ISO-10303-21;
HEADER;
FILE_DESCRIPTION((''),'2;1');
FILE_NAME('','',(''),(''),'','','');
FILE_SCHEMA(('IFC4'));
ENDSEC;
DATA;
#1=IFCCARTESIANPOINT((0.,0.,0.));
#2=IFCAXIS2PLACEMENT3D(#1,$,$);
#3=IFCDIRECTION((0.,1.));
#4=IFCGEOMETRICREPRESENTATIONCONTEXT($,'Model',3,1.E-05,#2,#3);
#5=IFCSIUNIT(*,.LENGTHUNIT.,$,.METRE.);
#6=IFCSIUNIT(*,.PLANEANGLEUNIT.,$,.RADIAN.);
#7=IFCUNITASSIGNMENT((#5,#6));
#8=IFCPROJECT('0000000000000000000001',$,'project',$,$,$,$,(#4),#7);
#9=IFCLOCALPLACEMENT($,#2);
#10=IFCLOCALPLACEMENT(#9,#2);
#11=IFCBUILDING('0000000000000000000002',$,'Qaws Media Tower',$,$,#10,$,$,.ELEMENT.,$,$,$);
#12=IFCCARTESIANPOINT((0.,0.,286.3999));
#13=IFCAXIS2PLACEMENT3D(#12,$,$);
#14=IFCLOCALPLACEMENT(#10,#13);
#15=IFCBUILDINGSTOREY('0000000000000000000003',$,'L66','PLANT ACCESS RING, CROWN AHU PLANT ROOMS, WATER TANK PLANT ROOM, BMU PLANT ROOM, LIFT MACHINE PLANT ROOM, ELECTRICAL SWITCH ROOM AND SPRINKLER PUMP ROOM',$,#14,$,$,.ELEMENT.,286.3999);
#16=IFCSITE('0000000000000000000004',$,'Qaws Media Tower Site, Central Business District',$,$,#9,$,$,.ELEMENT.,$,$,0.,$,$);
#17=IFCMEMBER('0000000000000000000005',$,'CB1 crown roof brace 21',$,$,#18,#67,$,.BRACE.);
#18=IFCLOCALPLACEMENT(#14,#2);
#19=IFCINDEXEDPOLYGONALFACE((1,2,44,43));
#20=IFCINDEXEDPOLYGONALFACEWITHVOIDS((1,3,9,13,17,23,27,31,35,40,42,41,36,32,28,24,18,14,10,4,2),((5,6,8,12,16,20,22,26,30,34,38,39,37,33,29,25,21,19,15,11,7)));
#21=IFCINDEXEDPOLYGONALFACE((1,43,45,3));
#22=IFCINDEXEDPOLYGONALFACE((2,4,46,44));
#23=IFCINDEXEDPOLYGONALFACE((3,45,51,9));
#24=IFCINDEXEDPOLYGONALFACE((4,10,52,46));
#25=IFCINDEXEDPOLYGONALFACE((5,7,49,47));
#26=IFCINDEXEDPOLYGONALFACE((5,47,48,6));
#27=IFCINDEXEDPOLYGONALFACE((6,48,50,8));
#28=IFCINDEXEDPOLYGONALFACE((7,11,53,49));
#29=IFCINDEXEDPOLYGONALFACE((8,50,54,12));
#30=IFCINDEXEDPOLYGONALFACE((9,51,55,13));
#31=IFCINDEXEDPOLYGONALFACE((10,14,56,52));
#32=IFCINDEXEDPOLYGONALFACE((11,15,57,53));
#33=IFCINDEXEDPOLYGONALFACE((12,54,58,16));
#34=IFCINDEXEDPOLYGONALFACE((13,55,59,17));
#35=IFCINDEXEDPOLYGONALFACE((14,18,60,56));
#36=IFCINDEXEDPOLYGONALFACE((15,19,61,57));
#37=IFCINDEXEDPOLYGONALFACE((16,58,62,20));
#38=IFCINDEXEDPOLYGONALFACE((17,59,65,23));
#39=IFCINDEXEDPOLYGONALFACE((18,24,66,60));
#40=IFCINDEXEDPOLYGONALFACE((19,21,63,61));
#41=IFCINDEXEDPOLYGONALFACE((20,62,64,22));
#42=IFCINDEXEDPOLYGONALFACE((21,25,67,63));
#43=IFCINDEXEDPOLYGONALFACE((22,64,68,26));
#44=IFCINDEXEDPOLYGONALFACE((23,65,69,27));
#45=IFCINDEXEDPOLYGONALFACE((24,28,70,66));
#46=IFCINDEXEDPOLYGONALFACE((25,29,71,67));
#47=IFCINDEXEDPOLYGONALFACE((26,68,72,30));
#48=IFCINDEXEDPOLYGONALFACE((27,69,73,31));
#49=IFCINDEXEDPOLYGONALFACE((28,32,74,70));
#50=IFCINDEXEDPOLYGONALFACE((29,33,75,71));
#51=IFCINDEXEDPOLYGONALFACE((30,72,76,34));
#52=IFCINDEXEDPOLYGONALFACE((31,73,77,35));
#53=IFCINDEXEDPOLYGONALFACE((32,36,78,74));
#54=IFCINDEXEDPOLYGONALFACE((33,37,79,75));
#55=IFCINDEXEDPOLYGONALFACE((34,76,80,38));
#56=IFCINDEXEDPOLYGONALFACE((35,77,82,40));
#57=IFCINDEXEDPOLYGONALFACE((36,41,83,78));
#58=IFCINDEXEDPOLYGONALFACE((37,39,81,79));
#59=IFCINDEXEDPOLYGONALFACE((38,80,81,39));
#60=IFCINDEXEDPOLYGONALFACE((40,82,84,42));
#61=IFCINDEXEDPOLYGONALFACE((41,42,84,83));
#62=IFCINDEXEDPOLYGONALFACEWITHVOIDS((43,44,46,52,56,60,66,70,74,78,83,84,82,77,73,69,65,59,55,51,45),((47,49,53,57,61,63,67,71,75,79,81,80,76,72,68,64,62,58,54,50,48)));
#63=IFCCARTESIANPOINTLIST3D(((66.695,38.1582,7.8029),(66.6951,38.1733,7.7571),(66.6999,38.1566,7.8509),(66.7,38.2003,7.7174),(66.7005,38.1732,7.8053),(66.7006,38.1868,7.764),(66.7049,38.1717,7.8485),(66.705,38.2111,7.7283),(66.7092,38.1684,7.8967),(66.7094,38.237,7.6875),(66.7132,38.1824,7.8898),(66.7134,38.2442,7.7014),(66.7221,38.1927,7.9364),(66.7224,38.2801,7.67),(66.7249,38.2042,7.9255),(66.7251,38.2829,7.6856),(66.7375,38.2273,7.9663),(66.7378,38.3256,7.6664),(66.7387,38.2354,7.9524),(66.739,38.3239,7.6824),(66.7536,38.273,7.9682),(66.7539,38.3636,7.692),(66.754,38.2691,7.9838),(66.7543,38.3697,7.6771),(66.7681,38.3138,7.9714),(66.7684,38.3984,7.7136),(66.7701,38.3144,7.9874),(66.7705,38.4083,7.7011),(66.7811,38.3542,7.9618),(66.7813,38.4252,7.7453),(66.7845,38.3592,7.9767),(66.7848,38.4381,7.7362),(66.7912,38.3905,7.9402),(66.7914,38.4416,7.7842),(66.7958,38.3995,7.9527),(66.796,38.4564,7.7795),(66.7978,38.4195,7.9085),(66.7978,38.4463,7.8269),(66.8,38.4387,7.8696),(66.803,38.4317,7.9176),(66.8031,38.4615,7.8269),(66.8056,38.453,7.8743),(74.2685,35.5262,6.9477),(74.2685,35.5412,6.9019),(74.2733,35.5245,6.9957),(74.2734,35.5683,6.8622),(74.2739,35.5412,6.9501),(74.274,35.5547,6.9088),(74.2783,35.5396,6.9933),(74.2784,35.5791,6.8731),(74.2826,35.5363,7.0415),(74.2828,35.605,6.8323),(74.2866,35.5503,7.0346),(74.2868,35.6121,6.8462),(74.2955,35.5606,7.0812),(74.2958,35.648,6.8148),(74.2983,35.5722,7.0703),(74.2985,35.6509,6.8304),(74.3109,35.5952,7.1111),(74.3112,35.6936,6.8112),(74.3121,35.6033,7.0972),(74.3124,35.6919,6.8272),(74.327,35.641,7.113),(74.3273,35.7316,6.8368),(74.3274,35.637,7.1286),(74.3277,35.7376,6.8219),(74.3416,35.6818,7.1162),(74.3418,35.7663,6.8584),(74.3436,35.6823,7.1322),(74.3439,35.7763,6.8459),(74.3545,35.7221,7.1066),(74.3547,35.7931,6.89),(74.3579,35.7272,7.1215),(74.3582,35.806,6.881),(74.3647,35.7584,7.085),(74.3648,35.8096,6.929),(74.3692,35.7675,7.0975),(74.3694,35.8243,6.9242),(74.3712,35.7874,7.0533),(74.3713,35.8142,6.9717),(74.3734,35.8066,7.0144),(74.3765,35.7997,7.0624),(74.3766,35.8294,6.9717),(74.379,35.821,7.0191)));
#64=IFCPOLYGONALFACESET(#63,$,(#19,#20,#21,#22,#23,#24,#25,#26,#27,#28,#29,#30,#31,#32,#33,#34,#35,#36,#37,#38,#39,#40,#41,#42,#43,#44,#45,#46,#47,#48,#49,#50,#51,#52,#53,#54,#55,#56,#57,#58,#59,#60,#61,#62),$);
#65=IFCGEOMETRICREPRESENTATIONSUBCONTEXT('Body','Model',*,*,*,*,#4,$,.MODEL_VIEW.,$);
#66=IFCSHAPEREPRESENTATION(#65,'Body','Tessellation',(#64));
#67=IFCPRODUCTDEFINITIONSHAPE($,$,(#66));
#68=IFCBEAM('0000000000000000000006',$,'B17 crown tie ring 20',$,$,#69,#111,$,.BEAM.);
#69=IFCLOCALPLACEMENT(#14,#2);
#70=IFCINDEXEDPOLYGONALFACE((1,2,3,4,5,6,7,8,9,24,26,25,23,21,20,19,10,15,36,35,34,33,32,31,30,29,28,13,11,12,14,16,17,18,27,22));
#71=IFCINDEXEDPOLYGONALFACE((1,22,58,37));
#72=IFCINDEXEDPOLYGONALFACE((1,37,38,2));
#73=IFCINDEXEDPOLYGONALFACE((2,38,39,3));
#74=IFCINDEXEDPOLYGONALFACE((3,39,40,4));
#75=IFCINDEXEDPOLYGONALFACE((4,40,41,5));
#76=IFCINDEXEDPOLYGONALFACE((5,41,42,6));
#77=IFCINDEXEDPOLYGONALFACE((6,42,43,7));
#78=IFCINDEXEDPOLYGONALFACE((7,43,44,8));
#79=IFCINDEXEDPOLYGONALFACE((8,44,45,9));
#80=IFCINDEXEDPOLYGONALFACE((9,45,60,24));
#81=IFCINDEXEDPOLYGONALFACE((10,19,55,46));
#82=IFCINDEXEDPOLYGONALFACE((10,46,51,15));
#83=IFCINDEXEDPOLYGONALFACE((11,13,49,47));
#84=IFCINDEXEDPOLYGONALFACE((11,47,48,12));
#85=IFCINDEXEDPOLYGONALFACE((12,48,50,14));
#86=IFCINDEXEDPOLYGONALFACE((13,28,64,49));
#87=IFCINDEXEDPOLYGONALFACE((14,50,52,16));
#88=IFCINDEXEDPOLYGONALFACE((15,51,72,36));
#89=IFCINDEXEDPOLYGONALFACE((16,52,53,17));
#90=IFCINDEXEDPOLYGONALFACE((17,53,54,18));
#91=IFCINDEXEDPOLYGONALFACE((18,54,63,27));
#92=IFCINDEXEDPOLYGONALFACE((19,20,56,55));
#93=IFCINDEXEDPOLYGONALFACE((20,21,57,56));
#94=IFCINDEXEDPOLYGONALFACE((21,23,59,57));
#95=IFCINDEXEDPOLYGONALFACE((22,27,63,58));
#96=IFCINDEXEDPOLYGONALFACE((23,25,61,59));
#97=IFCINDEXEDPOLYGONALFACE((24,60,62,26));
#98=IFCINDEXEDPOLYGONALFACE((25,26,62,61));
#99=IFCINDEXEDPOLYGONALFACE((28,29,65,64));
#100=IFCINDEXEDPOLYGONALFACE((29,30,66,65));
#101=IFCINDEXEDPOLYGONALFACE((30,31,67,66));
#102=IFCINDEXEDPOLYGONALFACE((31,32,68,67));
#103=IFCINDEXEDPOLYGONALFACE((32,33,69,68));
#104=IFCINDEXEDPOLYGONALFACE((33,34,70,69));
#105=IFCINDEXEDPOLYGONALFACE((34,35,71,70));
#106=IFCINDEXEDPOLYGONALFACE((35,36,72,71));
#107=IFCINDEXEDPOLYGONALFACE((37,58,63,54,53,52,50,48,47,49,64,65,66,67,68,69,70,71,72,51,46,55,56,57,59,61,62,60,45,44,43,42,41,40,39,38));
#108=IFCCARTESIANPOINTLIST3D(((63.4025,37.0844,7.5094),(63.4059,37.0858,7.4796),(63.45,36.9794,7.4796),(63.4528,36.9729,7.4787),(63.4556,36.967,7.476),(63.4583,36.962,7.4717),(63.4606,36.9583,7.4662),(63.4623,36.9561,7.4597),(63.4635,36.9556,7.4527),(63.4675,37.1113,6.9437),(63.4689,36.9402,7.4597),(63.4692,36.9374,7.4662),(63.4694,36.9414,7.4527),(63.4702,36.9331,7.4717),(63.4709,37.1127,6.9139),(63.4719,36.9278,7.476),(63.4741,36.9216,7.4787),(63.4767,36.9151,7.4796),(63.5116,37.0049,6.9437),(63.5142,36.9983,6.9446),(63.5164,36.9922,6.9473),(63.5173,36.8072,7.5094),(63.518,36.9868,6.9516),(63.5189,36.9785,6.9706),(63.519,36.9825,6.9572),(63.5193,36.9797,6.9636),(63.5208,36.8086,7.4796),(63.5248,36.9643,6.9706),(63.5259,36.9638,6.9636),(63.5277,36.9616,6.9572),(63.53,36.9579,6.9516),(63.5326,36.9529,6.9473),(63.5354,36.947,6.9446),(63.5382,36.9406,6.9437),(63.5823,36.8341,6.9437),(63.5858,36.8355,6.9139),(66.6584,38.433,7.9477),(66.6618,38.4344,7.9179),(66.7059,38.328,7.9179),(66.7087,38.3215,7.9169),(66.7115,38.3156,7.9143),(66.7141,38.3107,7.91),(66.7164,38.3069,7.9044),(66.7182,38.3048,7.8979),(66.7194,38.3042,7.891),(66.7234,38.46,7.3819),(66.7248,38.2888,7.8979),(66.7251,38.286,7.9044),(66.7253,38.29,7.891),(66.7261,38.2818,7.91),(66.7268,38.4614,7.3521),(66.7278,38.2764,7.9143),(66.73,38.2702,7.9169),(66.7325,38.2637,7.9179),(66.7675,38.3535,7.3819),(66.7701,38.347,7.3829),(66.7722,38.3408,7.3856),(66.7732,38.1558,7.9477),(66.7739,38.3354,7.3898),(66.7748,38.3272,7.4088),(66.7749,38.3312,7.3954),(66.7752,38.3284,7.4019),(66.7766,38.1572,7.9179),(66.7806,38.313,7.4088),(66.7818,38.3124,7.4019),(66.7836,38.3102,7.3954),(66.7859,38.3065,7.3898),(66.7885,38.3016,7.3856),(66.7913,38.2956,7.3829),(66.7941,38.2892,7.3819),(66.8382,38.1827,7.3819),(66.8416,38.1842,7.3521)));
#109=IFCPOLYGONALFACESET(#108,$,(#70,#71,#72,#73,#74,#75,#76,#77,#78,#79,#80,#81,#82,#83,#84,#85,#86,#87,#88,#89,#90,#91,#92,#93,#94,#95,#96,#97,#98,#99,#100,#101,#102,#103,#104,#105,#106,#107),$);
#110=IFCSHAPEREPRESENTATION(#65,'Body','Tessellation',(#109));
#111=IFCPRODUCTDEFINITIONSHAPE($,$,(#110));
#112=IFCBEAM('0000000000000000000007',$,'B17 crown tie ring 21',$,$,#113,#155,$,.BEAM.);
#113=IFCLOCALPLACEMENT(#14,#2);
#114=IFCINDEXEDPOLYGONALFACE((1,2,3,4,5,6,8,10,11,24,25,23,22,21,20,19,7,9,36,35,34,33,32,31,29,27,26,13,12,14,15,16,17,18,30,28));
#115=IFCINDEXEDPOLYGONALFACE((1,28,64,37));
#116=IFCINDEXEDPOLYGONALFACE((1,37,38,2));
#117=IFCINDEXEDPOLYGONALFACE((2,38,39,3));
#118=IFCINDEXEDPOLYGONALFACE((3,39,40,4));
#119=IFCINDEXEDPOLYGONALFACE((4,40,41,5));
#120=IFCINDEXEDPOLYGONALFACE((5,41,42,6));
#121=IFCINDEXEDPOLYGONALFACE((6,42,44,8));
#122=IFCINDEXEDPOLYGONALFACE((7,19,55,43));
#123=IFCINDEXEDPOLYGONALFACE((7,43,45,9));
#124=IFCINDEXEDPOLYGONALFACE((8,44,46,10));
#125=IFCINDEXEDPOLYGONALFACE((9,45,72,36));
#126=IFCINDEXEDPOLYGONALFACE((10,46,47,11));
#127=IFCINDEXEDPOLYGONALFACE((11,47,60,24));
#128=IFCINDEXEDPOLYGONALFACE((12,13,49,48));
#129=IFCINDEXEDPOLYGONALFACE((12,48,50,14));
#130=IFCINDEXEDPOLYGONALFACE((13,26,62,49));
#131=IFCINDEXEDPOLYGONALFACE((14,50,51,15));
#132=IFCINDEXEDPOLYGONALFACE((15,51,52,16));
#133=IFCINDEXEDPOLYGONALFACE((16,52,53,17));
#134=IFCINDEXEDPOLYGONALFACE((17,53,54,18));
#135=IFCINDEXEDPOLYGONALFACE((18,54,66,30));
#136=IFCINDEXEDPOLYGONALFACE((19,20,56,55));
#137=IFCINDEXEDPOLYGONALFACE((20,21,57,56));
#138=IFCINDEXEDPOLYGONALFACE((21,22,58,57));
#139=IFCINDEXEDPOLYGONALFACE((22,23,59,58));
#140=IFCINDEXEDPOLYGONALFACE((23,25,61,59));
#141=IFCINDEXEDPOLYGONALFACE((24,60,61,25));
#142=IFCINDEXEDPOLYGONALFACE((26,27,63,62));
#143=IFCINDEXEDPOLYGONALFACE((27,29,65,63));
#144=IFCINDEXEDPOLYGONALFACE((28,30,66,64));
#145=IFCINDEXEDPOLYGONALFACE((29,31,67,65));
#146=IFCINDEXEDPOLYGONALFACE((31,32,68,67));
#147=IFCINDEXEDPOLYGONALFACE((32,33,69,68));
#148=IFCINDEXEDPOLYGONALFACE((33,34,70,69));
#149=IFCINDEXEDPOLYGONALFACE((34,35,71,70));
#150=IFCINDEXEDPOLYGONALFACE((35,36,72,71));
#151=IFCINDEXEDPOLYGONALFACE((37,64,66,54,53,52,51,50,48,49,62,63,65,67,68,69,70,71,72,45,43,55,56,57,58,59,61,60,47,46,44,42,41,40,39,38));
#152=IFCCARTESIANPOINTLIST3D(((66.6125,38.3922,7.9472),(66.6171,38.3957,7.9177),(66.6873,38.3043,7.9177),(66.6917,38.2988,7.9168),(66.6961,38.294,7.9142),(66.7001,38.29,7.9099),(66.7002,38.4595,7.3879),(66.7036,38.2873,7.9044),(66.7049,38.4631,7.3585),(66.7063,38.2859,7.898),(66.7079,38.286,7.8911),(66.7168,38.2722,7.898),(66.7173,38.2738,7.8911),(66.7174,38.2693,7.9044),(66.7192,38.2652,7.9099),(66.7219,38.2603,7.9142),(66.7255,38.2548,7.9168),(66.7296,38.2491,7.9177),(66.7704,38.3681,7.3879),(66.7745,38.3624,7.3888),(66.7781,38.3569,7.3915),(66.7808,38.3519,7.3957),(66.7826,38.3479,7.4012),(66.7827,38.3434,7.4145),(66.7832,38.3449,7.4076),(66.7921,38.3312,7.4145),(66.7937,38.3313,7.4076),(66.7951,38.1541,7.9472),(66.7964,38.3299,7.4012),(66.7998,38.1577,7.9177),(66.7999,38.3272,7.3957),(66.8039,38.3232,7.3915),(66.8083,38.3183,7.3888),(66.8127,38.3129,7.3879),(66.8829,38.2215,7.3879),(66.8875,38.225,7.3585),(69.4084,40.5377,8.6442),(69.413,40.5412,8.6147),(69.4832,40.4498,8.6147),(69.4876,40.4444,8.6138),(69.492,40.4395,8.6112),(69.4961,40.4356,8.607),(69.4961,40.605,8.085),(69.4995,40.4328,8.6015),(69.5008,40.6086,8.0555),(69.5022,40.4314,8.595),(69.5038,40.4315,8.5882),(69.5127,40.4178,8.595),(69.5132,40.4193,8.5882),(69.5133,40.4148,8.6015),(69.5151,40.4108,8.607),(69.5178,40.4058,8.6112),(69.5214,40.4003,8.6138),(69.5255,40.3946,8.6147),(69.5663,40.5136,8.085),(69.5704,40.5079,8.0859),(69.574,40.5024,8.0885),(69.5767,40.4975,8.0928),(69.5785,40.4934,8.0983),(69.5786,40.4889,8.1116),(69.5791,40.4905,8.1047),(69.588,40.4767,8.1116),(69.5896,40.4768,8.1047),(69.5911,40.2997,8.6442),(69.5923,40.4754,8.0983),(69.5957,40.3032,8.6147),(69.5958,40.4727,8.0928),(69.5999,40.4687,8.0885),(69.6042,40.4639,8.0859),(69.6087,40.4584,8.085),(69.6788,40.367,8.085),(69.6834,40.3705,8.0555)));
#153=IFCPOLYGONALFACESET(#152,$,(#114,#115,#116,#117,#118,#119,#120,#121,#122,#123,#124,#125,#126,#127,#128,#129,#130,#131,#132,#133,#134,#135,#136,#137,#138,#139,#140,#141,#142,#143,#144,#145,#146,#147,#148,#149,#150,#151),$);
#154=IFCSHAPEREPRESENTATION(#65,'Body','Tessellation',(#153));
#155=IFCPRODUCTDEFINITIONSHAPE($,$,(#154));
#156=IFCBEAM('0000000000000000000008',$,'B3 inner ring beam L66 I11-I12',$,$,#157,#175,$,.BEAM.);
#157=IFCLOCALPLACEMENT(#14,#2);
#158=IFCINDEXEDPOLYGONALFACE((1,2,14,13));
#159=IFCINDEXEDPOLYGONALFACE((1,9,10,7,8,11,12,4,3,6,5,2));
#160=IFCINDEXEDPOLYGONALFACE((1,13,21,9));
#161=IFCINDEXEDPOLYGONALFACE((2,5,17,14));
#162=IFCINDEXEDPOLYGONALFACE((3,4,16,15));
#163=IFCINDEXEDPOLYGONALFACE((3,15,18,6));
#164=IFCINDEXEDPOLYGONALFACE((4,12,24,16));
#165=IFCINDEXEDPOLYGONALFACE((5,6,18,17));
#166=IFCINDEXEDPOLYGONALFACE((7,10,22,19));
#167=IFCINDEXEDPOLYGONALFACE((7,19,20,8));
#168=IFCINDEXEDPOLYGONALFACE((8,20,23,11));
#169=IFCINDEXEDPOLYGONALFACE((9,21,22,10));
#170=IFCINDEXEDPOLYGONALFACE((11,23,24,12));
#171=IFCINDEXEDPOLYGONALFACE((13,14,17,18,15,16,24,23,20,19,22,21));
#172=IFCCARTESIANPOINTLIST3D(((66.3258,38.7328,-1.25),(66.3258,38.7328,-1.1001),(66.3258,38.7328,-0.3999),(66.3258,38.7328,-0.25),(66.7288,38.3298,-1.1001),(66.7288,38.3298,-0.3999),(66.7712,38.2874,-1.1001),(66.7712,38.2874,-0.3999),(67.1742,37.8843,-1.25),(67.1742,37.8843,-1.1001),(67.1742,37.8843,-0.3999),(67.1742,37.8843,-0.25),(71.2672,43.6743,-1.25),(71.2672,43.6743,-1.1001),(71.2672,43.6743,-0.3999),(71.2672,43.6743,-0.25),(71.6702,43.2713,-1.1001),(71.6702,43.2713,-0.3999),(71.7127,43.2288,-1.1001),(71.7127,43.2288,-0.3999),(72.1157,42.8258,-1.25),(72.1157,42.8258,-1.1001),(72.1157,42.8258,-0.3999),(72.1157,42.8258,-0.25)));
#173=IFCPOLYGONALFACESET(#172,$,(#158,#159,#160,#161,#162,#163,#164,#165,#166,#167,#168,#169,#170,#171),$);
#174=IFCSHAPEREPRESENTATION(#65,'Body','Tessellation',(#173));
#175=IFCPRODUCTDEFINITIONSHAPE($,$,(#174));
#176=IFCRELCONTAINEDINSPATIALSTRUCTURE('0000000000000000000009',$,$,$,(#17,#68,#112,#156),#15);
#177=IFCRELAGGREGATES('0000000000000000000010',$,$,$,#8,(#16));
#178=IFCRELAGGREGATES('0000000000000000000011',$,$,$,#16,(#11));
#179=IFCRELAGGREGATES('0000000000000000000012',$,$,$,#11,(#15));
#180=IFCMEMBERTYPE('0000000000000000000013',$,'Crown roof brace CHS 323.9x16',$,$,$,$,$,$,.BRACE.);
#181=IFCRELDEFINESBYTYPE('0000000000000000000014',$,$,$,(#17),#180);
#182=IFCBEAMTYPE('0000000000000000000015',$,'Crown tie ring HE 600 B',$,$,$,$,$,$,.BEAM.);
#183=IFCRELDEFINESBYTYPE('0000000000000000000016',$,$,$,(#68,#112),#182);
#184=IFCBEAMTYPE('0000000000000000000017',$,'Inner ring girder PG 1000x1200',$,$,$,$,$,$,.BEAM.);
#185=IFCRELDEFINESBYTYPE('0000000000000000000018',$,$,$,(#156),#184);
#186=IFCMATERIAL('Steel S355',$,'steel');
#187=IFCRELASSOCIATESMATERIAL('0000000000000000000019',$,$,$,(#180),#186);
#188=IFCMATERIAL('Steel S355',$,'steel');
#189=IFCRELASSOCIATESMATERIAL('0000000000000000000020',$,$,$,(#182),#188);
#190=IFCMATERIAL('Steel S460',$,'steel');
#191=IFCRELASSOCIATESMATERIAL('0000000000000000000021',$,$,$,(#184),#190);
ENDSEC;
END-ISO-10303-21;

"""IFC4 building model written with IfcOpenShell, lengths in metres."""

from ifc_helpers import new_model, si_unit, direction, frame, origin, origin_2d, place, context, subcontext, project, spatial, hollow_circle, i_section, extrude, material, material_profile, profile_set, type_object, element, save


model = new_model("IFC4")

# Units and contexts
model_context = context("Model", 3, precision=1e-05, world=origin(), true_north=direction((0.0, 1.0)))
body_context = subcontext(model_context, "Body", "Model", "MODEL_VIEW")
ifc_project = project(units=[si_unit("LENGTHUNIT", "METRE"), si_unit("PLANEANGLEUNIT", "RADIAN")], contexts=[model_context])

# Site, building, storey
site_placement = place(None, origin())
site = spatial("IfcSite", under=ifc_project, at=site_placement, Name="Qaws Media Tower Site, Central Business District", CompositionType="ELEMENT", RefElevation=0.0)
building_placement = place(site_placement, origin())
building = spatial("IfcBuilding", under=site, at=building_placement, Name="Qaws Media Tower", CompositionType="ELEMENT")
storey_placement = place(building_placement, frame((0.0, 0.0, 286.3999)))
storey = spatial("IfcBuildingStorey", under=building, at=storey_placement, Name="L66", Description="PLANT ACCESS RING, CROWN AHU PLANT ROOMS, WATER TANK PLANT ROOM, BMU PLANT ROOM, LIFT MACHINE PLANT ROOM, ELECTRICAL SWITCH ROOM AND SPRINKLER PUMP ROOM", CompositionType="ELEMENT", Elevation=286.3999)

# Member
ifc_material_1 = material(Name="Steel S355", Category="steel")
ifc_material_profile_1 = material_profile(ifc_material_1, hollow_circle(Radius=0.1619, WallThickness=0.0161, at=origin_2d()), Name="CHS 323.9x16")
ifc_profile_set_1 = profile_set([ifc_material_profile_1], Name="Steel S355")
member_type = type_object("IfcMemberType", Name="Crown roof brace CHS 323.9x16", PredefinedType="BRACE", material=ifc_profile_set_1)
member_1_placement = place(storey_placement, frame((66.75, 38.3086, 7.8269), z_axis=(0.939253, -0.326427, -0.106064), x_axis=(0.328279, 0.944581, 0.0)))
element("IfcMember", 1, at=member_1_placement, inside=storey, type_object=member_type, Name="CB1 crown roof brace 21", PredefinedType="BRACE", context=body_context, shape_type="SweptSolid", body=[
    extrude(hollow_circle(Radius=0.1619, WallThickness=0.0161, at=origin_2d()), origin(), (0.0, 0.0, 1.0), 8.0632),
])

# Beams
ifc_material_2 = material(Name="Steel S355", Category="steel")
ifc_material_profile_2 = material_profile(ifc_material_2, i_section(OverallWidth=0.3, OverallDepth=0.6001, WebThickness=0.0154, FlangeThickness=0.03, FilletRadius=0.0271, at=origin_2d()), Name="HE 600 B")
ifc_profile_set_2 = profile_set([ifc_material_profile_2], Name="Steel S355")
beam_type_1 = type_object("IfcBeamType", Name="Crown tie ring HE 600 B", PredefinedType="BEAM", material=ifc_profile_set_2)
beam_1_placement = place(storey_placement, frame((63.4941, 36.96, 7.2117), z_axis=(0.916817, 0.379761, 0.123402), x_axis=(-0.382686, 0.923878, 0.0)))
element("IfcBeam", 2, at=beam_1_placement, inside=storey, type_object=beam_type_1, Name="B17 crown tie ring 20", PredefinedType="BEAM", context=body_context, shape_type="SweptSolid", body=[
    extrude(i_section(OverallWidth=0.3, OverallDepth=0.6001, WebThickness=0.0154, FlangeThickness=0.03, FilletRadius=0.0271, at=origin_2d()), origin(), (0.0, 0.0, 1.0), 3.5513),
])
beam_2_placement = place(storey_placement, frame((66.75, 38.3086, 7.6528), z_axis=(0.778259, 0.597218, 0.194021), x_axis=(-0.608786, 0.793334, 0.0)))
element("IfcBeam", 3, at=beam_2_placement, inside=storey, type_object=beam_type_1, Name="B17 crown tie ring 21", PredefinedType="BEAM", context=body_context, shape_type="SweptSolid", body=[
    extrude(i_section(OverallWidth=0.3, OverallDepth=0.6001, WebThickness=0.0154, FlangeThickness=0.03, FilletRadius=0.0271, at=origin_2d()), origin(), (0.0, 0.0, 1.0), 3.5925),
])
ifc_material_3 = material(Name="Steel S460", Category="steel")
ifc_material_profile_3 = material_profile(ifc_material_3, i_section(OverallWidth=1.2, OverallDepth=1.0, WebThickness=0.0601, FlangeThickness=0.1499, at=origin_2d()), Name="PG 1000x1200")
ifc_profile_set_3 = profile_set([ifc_material_profile_3], Name="Steel S460")
beam_type_2 = type_object("IfcBeamType", Name="Inner ring girder PG 1000x1200", PredefinedType="BEAM", material=ifc_profile_set_3)
beam_3_placement = place(storey_placement, frame((66.75, 38.3086, -0.75), z_axis=(0.707107, 0.707107, 0.0), x_axis=(-0.707107, 0.707107, 0.0)))
element("IfcBeam", 4, at=beam_3_placement, inside=storey, type_object=beam_type_2, Name="B3 inner ring beam L66 I11-I12", PredefinedType="BEAM", context=body_context, shape_type="SweptSolid", body=[
    extrude(i_section(OverallWidth=1.2, OverallDepth=1.0, WebThickness=0.0601, FlangeThickness=0.1499, at=origin_2d()), origin(), (0.0, 0.0, 1.0), 6.9883),
])

save(model, "model.ifc")
